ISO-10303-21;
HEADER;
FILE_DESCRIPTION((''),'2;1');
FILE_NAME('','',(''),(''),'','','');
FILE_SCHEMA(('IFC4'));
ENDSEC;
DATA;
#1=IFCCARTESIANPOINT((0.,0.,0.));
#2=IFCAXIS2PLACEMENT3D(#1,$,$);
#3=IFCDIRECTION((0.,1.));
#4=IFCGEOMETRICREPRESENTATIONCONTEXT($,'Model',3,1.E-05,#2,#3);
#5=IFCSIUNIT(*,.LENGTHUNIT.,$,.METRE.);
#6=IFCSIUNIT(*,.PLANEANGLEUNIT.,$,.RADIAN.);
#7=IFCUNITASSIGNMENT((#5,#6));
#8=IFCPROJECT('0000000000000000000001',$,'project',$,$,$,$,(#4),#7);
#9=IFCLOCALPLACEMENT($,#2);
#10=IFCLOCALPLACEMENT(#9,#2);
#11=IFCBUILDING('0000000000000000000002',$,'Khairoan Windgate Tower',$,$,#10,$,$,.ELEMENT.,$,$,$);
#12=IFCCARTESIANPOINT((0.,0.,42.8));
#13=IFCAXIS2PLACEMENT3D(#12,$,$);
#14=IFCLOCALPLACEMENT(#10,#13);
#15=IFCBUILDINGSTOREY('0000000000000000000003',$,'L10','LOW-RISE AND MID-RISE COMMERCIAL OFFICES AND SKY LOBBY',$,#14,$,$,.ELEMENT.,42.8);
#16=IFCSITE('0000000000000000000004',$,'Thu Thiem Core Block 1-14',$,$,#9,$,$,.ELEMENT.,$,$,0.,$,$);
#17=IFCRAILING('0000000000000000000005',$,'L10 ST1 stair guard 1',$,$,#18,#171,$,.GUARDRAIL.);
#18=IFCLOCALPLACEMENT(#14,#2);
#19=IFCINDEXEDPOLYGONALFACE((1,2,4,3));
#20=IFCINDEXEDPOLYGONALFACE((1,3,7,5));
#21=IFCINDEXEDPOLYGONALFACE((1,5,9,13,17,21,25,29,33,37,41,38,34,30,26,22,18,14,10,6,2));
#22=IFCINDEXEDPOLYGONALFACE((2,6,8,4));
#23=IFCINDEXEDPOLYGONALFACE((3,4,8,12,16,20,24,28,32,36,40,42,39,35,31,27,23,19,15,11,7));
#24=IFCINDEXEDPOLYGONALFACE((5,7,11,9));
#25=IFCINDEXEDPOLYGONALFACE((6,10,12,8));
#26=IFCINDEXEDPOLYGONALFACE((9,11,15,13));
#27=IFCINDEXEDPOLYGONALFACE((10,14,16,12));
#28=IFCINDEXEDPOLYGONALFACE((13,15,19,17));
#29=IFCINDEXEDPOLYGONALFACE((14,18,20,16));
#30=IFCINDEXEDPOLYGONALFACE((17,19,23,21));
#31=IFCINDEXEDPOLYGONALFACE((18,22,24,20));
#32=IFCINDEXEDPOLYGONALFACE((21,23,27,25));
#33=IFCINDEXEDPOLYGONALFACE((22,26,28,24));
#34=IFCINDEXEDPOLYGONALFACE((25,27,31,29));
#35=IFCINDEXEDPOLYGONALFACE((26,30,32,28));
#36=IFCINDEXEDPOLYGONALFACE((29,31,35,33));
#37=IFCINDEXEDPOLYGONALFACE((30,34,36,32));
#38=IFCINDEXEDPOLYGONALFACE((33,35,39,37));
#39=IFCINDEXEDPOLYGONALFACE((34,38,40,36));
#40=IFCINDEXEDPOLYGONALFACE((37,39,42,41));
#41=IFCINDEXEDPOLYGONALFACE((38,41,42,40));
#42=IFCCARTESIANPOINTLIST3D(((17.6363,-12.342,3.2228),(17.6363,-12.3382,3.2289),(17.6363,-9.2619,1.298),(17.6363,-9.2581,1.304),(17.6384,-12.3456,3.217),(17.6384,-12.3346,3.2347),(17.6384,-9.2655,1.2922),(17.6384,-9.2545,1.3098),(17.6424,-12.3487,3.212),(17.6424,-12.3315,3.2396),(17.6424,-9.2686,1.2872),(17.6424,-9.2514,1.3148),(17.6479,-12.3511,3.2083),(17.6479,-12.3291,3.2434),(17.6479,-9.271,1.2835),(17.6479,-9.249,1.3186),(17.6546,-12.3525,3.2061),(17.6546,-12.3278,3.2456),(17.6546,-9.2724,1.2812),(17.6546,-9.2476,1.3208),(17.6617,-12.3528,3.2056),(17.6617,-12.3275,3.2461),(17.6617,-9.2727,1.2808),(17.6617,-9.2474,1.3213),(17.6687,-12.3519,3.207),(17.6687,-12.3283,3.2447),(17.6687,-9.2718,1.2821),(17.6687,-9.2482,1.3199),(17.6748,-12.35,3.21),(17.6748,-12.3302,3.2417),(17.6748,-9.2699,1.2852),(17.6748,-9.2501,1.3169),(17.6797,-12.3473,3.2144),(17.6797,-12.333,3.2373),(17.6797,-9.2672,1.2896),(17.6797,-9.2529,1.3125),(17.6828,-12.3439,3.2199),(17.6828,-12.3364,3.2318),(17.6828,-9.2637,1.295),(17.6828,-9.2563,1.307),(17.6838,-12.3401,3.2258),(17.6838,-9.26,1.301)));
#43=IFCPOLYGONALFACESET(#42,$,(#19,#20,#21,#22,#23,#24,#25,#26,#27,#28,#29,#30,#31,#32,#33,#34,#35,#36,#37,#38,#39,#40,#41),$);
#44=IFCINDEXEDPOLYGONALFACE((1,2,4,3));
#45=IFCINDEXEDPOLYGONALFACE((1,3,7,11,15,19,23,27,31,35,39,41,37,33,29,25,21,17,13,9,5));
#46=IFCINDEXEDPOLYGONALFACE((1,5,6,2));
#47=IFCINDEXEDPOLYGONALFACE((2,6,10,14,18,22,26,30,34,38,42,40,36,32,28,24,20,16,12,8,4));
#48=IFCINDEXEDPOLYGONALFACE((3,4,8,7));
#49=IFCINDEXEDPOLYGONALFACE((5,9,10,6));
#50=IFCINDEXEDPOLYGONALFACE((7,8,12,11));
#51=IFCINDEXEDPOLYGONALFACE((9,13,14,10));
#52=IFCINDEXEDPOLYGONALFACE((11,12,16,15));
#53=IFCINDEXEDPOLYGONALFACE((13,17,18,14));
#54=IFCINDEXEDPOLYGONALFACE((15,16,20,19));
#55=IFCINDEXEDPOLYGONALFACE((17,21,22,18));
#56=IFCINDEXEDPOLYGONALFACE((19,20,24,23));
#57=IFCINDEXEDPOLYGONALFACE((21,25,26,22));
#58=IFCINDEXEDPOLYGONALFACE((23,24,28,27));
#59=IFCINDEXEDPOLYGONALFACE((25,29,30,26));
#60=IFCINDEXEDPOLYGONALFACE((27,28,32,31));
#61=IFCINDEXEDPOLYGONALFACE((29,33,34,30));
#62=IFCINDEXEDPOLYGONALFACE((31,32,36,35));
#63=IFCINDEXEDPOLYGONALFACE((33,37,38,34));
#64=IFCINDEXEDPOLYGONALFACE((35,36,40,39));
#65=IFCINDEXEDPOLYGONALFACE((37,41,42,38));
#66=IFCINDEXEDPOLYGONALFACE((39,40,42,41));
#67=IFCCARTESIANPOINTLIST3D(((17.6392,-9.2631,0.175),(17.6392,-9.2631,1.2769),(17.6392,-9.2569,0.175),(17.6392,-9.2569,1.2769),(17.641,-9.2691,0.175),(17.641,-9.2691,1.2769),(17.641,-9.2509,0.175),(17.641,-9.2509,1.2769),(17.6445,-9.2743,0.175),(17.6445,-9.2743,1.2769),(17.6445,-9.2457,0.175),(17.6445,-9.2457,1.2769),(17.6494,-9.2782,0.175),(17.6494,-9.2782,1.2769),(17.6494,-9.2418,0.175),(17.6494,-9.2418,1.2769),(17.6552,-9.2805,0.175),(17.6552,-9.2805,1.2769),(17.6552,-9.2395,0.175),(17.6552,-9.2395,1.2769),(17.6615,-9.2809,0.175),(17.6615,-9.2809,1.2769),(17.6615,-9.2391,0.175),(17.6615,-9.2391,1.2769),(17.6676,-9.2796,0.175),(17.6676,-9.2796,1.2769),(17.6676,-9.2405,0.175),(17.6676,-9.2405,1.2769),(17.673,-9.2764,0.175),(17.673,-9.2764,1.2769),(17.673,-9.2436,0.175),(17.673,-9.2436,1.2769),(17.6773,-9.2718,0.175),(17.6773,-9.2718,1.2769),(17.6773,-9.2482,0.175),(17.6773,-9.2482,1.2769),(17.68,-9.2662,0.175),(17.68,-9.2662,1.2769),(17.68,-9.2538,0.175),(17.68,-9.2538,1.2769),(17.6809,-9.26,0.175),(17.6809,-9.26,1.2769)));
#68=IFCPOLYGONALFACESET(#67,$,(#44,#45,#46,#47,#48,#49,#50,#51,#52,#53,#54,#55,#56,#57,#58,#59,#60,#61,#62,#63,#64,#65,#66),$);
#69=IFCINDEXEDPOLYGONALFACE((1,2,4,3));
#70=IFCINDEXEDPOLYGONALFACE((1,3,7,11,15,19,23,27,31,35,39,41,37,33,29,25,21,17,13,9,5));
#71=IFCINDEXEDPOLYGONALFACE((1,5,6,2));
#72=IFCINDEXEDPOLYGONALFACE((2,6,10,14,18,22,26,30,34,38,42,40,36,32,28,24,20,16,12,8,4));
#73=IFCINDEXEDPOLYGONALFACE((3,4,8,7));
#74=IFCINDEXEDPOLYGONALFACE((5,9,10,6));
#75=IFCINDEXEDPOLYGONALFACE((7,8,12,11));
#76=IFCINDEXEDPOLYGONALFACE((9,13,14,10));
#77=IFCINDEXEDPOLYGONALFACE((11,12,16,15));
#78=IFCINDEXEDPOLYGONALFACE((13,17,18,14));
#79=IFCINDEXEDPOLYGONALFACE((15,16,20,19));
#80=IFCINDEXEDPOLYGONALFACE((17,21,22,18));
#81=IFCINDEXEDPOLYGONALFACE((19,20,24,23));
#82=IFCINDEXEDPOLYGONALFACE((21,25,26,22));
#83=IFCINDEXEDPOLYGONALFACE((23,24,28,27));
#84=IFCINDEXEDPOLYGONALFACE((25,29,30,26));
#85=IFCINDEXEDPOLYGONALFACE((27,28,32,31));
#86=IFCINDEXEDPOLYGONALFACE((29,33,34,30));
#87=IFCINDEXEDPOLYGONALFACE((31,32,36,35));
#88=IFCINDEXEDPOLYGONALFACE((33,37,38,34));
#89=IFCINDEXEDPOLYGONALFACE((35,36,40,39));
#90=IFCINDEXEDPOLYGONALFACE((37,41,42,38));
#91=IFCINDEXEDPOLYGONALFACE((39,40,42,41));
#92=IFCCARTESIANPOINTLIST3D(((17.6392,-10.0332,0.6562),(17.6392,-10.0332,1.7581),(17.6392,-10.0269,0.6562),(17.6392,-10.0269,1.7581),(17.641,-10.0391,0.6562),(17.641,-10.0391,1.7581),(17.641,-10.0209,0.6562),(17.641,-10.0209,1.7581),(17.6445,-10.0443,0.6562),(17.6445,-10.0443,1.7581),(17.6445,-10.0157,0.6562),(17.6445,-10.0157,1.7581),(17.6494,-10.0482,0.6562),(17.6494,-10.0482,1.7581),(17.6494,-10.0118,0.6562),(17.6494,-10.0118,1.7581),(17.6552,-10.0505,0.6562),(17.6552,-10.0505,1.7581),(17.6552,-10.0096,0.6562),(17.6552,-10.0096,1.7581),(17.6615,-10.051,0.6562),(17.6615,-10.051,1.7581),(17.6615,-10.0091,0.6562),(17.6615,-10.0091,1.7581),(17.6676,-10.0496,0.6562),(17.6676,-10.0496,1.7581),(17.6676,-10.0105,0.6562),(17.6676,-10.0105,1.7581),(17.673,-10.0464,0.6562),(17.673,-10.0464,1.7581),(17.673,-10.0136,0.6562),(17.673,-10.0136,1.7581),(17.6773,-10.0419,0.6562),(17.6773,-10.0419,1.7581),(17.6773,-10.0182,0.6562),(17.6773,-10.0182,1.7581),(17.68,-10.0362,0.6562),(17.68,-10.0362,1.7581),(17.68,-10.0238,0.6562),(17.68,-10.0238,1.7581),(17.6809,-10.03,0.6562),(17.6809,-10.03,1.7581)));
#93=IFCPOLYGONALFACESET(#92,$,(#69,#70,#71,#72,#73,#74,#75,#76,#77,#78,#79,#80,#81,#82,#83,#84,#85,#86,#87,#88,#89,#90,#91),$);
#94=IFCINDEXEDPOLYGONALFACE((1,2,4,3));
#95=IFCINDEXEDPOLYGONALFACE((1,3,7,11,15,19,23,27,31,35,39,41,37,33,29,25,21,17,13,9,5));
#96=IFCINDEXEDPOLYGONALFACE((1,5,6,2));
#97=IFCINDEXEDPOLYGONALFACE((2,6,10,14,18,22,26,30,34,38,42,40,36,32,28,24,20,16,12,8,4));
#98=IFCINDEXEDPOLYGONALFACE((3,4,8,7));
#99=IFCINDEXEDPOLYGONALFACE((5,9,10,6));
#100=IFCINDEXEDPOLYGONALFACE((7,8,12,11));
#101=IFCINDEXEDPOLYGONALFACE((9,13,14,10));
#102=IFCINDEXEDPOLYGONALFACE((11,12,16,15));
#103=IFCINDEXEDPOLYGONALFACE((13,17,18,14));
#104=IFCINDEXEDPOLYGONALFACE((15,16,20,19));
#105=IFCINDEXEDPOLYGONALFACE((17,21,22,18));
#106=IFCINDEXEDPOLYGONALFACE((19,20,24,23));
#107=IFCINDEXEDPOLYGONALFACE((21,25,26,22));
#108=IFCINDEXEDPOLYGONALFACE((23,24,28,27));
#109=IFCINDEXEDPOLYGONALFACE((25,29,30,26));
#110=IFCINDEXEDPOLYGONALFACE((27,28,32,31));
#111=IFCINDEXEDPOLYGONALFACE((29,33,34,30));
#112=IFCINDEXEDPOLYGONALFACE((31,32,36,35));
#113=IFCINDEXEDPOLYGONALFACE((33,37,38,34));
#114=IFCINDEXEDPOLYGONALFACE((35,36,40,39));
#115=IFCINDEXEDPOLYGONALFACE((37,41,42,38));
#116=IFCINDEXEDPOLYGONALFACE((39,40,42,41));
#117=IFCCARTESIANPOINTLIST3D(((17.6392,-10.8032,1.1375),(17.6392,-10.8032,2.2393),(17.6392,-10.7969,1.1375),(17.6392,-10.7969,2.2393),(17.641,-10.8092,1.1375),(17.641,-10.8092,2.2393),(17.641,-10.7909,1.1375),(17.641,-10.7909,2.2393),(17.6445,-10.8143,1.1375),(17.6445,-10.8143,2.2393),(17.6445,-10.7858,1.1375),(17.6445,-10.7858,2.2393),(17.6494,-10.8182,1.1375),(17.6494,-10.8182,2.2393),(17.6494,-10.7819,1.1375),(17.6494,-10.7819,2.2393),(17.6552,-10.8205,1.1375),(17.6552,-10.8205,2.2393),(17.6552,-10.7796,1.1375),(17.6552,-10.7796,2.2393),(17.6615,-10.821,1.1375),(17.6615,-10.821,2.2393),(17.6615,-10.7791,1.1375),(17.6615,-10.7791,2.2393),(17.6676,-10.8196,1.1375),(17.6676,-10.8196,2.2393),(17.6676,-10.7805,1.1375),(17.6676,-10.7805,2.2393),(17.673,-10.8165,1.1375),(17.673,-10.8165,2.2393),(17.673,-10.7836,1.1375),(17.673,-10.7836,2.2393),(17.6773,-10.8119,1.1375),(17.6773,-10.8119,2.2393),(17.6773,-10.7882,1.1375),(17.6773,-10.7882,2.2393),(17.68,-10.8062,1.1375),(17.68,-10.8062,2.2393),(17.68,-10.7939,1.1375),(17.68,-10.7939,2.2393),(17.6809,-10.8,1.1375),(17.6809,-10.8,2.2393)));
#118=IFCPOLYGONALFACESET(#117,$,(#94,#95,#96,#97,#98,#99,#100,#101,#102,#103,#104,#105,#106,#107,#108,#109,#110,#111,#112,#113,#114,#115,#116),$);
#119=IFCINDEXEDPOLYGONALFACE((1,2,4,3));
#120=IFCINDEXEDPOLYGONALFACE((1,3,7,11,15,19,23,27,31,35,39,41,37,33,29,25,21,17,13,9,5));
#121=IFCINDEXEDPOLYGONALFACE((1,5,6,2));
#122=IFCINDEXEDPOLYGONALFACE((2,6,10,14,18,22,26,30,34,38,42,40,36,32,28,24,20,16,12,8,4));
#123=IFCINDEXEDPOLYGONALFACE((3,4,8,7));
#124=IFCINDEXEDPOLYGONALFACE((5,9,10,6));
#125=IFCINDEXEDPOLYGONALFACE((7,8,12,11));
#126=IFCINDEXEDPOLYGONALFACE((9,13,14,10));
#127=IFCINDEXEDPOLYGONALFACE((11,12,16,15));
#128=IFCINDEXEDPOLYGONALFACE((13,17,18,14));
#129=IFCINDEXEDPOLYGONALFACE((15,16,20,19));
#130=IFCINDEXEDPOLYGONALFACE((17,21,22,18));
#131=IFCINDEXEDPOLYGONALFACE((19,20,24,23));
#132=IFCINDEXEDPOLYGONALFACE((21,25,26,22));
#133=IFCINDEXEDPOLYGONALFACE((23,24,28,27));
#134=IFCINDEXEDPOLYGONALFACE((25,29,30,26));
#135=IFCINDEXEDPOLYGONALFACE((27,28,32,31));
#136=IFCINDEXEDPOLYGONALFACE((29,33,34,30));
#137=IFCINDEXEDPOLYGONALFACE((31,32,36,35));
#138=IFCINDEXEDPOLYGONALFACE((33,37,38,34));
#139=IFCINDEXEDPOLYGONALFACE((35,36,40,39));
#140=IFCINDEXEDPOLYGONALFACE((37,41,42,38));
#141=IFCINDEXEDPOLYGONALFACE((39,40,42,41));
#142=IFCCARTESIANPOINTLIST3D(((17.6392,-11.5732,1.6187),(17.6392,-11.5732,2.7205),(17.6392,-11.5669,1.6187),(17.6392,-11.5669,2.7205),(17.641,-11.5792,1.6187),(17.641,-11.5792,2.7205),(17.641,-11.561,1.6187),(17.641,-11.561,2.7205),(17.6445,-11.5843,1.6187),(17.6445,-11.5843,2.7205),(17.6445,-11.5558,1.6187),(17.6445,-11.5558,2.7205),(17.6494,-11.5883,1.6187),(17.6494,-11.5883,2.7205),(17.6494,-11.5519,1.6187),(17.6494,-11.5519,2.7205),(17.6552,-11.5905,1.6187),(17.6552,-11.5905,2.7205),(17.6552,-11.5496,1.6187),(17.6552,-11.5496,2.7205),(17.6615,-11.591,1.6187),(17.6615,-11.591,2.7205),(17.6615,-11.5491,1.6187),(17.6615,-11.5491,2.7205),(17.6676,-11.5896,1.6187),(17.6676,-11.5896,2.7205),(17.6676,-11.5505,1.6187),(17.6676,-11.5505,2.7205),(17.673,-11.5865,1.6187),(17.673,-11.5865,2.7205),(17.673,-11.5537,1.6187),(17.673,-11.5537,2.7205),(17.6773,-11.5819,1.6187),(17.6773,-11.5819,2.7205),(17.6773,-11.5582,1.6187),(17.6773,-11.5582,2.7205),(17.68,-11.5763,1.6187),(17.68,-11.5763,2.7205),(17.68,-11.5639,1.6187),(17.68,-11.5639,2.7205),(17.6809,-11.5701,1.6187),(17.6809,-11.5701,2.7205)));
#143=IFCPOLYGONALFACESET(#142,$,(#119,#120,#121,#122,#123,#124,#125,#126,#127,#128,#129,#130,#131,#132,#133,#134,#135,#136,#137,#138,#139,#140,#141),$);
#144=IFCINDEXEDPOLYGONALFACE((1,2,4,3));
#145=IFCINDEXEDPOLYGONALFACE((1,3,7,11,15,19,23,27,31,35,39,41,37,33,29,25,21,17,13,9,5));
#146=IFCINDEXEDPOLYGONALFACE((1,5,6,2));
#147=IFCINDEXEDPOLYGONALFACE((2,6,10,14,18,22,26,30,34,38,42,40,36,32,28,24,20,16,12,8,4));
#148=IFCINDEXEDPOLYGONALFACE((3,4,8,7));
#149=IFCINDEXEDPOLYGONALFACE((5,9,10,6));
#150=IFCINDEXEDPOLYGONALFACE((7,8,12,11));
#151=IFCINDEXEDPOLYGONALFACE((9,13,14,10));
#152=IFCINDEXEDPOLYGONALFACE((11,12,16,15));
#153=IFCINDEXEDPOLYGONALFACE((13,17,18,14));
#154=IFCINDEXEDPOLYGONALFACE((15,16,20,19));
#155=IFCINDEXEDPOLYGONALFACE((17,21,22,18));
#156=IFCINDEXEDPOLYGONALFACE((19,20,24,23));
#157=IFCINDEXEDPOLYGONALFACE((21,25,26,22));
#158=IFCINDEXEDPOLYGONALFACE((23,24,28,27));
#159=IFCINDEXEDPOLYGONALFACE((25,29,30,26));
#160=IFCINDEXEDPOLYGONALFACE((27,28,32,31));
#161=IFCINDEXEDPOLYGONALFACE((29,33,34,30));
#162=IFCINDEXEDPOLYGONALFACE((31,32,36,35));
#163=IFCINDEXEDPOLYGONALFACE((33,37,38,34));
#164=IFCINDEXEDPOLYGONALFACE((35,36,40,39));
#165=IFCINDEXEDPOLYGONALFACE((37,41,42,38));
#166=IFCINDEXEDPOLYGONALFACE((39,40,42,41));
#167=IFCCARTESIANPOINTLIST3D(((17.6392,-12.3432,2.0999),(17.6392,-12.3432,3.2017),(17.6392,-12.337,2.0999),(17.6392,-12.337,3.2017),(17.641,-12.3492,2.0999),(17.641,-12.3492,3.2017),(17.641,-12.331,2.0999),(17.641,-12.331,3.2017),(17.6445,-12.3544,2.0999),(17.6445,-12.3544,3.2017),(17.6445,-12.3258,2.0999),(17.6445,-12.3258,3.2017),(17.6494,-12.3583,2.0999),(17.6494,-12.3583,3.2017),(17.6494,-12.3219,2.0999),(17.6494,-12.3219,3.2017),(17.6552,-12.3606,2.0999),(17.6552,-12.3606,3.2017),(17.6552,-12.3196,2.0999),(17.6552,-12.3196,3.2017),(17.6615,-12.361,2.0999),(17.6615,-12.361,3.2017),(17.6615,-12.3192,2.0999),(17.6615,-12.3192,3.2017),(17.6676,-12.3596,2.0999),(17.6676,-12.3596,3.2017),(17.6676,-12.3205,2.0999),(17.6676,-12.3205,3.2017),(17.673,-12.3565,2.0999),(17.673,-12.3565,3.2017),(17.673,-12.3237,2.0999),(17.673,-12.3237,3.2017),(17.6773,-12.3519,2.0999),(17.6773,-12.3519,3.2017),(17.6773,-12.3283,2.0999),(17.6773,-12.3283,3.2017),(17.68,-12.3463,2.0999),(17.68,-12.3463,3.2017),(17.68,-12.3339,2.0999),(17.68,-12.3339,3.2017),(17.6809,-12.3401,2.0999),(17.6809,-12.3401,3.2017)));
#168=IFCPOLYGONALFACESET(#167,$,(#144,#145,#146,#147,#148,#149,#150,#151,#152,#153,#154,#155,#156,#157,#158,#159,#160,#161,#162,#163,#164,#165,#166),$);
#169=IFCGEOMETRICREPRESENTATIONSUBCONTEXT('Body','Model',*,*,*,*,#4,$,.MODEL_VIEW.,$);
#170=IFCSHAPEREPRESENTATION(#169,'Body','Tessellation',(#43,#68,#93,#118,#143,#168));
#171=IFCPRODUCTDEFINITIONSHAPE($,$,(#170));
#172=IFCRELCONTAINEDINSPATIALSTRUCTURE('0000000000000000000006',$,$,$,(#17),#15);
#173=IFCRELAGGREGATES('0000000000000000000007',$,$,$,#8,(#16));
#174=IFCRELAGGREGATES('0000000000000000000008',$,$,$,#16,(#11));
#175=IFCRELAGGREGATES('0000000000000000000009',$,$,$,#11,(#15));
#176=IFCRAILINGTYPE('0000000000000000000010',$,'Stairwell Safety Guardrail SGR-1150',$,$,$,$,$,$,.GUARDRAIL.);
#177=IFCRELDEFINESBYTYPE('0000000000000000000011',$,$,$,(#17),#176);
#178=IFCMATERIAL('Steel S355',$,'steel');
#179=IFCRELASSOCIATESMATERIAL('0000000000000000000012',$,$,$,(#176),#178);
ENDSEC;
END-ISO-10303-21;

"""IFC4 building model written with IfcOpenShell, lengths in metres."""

from ifc_helpers import new_model, si_unit, direction, frame, origin, origin_2d, place, context, subcontext, project, spatial, circle, extrude, material, type_object, element, save


model = new_model("IFC4")

# Units and contexts
model_context = context("Model", 3, precision=1e-05, world=origin(), true_north=direction((0.0, 1.0)))
body_context = subcontext(model_context, "Body", "Model", "MODEL_VIEW")
ifc_project = project(units=[si_unit("LENGTHUNIT", "METRE"), si_unit("PLANEANGLEUNIT", "RADIAN")], contexts=[model_context])

# Site, building, storey
site_placement = place(None, origin())
site = spatial("IfcSite", under=ifc_project, at=site_placement, Name="Thu Thiem Core Block 1-14", CompositionType="ELEMENT", RefElevation=0.0)
building_placement = place(site_placement, origin())
building = spatial("IfcBuilding", under=site, at=building_placement, Name="Khairoan Windgate Tower", CompositionType="ELEMENT")
storey_placement = place(building_placement, frame((0.0, 0.0, 42.8)))
storey = spatial("IfcBuildingStorey", under=building, at=storey_placement, Name="L10", Description="LOW-RISE AND MID-RISE COMMERCIAL OFFICES AND SKY LOBBY", CompositionType="ELEMENT", Elevation=42.8)

# Railing
ifc_material_1 = material(Name="Steel S355", Category="steel")
railing_type_1 = type_object("IfcRailingType", Name="Stairwell Safety Guardrail SGR-1150", PredefinedType="GUARDRAIL", material=ifc_material_1)
railing_1_placement = place(storey_placement, frame((17.6599, -9.26, 0.175)))
element("IfcRailing", 1, at=railing_1_placement, inside=storey, type_object=railing_type_1, Name="L10 ST1 stair guard 1", PredefinedType="GUARDRAIL", context=body_context, shape_type="SweptSolid", body=[
    extrude(circle(Radius=0.0239, at=origin_2d()), frame((0.0, 0.0, 1.126), z_axis=(0.0, -0.848029, 0.529951), x_axis=(1.0, 0.0, 0.0)), (0.0, 0.0, 1.0), 3.6321),
    extrude(circle(Radius=0.021, at=origin_2d()), origin(), (0.0, 0.0, 1.0), 1.1018),
    extrude(circle(Radius=0.021, at=origin_2d()), frame((0.0, -0.77, 0.4812)), (0.0, 0.0, 1.0), 1.1018),
    extrude(circle(Radius=0.021, at=origin_2d()), frame((0.0, -1.54, 0.9624)), (0.0, 0.0, 1.0), 1.1018),
    extrude(circle(Radius=0.021, at=origin_2d()), frame((0.0, -2.3101, 1.4436)), (0.0, 0.0, 1.0), 1.1018),
    extrude(circle(Radius=0.021, at=origin_2d()), frame((0.0, -3.0801, 1.9248)), (0.0, 0.0, 1.0), 1.1018),
])

save(model, "model.ifc")
